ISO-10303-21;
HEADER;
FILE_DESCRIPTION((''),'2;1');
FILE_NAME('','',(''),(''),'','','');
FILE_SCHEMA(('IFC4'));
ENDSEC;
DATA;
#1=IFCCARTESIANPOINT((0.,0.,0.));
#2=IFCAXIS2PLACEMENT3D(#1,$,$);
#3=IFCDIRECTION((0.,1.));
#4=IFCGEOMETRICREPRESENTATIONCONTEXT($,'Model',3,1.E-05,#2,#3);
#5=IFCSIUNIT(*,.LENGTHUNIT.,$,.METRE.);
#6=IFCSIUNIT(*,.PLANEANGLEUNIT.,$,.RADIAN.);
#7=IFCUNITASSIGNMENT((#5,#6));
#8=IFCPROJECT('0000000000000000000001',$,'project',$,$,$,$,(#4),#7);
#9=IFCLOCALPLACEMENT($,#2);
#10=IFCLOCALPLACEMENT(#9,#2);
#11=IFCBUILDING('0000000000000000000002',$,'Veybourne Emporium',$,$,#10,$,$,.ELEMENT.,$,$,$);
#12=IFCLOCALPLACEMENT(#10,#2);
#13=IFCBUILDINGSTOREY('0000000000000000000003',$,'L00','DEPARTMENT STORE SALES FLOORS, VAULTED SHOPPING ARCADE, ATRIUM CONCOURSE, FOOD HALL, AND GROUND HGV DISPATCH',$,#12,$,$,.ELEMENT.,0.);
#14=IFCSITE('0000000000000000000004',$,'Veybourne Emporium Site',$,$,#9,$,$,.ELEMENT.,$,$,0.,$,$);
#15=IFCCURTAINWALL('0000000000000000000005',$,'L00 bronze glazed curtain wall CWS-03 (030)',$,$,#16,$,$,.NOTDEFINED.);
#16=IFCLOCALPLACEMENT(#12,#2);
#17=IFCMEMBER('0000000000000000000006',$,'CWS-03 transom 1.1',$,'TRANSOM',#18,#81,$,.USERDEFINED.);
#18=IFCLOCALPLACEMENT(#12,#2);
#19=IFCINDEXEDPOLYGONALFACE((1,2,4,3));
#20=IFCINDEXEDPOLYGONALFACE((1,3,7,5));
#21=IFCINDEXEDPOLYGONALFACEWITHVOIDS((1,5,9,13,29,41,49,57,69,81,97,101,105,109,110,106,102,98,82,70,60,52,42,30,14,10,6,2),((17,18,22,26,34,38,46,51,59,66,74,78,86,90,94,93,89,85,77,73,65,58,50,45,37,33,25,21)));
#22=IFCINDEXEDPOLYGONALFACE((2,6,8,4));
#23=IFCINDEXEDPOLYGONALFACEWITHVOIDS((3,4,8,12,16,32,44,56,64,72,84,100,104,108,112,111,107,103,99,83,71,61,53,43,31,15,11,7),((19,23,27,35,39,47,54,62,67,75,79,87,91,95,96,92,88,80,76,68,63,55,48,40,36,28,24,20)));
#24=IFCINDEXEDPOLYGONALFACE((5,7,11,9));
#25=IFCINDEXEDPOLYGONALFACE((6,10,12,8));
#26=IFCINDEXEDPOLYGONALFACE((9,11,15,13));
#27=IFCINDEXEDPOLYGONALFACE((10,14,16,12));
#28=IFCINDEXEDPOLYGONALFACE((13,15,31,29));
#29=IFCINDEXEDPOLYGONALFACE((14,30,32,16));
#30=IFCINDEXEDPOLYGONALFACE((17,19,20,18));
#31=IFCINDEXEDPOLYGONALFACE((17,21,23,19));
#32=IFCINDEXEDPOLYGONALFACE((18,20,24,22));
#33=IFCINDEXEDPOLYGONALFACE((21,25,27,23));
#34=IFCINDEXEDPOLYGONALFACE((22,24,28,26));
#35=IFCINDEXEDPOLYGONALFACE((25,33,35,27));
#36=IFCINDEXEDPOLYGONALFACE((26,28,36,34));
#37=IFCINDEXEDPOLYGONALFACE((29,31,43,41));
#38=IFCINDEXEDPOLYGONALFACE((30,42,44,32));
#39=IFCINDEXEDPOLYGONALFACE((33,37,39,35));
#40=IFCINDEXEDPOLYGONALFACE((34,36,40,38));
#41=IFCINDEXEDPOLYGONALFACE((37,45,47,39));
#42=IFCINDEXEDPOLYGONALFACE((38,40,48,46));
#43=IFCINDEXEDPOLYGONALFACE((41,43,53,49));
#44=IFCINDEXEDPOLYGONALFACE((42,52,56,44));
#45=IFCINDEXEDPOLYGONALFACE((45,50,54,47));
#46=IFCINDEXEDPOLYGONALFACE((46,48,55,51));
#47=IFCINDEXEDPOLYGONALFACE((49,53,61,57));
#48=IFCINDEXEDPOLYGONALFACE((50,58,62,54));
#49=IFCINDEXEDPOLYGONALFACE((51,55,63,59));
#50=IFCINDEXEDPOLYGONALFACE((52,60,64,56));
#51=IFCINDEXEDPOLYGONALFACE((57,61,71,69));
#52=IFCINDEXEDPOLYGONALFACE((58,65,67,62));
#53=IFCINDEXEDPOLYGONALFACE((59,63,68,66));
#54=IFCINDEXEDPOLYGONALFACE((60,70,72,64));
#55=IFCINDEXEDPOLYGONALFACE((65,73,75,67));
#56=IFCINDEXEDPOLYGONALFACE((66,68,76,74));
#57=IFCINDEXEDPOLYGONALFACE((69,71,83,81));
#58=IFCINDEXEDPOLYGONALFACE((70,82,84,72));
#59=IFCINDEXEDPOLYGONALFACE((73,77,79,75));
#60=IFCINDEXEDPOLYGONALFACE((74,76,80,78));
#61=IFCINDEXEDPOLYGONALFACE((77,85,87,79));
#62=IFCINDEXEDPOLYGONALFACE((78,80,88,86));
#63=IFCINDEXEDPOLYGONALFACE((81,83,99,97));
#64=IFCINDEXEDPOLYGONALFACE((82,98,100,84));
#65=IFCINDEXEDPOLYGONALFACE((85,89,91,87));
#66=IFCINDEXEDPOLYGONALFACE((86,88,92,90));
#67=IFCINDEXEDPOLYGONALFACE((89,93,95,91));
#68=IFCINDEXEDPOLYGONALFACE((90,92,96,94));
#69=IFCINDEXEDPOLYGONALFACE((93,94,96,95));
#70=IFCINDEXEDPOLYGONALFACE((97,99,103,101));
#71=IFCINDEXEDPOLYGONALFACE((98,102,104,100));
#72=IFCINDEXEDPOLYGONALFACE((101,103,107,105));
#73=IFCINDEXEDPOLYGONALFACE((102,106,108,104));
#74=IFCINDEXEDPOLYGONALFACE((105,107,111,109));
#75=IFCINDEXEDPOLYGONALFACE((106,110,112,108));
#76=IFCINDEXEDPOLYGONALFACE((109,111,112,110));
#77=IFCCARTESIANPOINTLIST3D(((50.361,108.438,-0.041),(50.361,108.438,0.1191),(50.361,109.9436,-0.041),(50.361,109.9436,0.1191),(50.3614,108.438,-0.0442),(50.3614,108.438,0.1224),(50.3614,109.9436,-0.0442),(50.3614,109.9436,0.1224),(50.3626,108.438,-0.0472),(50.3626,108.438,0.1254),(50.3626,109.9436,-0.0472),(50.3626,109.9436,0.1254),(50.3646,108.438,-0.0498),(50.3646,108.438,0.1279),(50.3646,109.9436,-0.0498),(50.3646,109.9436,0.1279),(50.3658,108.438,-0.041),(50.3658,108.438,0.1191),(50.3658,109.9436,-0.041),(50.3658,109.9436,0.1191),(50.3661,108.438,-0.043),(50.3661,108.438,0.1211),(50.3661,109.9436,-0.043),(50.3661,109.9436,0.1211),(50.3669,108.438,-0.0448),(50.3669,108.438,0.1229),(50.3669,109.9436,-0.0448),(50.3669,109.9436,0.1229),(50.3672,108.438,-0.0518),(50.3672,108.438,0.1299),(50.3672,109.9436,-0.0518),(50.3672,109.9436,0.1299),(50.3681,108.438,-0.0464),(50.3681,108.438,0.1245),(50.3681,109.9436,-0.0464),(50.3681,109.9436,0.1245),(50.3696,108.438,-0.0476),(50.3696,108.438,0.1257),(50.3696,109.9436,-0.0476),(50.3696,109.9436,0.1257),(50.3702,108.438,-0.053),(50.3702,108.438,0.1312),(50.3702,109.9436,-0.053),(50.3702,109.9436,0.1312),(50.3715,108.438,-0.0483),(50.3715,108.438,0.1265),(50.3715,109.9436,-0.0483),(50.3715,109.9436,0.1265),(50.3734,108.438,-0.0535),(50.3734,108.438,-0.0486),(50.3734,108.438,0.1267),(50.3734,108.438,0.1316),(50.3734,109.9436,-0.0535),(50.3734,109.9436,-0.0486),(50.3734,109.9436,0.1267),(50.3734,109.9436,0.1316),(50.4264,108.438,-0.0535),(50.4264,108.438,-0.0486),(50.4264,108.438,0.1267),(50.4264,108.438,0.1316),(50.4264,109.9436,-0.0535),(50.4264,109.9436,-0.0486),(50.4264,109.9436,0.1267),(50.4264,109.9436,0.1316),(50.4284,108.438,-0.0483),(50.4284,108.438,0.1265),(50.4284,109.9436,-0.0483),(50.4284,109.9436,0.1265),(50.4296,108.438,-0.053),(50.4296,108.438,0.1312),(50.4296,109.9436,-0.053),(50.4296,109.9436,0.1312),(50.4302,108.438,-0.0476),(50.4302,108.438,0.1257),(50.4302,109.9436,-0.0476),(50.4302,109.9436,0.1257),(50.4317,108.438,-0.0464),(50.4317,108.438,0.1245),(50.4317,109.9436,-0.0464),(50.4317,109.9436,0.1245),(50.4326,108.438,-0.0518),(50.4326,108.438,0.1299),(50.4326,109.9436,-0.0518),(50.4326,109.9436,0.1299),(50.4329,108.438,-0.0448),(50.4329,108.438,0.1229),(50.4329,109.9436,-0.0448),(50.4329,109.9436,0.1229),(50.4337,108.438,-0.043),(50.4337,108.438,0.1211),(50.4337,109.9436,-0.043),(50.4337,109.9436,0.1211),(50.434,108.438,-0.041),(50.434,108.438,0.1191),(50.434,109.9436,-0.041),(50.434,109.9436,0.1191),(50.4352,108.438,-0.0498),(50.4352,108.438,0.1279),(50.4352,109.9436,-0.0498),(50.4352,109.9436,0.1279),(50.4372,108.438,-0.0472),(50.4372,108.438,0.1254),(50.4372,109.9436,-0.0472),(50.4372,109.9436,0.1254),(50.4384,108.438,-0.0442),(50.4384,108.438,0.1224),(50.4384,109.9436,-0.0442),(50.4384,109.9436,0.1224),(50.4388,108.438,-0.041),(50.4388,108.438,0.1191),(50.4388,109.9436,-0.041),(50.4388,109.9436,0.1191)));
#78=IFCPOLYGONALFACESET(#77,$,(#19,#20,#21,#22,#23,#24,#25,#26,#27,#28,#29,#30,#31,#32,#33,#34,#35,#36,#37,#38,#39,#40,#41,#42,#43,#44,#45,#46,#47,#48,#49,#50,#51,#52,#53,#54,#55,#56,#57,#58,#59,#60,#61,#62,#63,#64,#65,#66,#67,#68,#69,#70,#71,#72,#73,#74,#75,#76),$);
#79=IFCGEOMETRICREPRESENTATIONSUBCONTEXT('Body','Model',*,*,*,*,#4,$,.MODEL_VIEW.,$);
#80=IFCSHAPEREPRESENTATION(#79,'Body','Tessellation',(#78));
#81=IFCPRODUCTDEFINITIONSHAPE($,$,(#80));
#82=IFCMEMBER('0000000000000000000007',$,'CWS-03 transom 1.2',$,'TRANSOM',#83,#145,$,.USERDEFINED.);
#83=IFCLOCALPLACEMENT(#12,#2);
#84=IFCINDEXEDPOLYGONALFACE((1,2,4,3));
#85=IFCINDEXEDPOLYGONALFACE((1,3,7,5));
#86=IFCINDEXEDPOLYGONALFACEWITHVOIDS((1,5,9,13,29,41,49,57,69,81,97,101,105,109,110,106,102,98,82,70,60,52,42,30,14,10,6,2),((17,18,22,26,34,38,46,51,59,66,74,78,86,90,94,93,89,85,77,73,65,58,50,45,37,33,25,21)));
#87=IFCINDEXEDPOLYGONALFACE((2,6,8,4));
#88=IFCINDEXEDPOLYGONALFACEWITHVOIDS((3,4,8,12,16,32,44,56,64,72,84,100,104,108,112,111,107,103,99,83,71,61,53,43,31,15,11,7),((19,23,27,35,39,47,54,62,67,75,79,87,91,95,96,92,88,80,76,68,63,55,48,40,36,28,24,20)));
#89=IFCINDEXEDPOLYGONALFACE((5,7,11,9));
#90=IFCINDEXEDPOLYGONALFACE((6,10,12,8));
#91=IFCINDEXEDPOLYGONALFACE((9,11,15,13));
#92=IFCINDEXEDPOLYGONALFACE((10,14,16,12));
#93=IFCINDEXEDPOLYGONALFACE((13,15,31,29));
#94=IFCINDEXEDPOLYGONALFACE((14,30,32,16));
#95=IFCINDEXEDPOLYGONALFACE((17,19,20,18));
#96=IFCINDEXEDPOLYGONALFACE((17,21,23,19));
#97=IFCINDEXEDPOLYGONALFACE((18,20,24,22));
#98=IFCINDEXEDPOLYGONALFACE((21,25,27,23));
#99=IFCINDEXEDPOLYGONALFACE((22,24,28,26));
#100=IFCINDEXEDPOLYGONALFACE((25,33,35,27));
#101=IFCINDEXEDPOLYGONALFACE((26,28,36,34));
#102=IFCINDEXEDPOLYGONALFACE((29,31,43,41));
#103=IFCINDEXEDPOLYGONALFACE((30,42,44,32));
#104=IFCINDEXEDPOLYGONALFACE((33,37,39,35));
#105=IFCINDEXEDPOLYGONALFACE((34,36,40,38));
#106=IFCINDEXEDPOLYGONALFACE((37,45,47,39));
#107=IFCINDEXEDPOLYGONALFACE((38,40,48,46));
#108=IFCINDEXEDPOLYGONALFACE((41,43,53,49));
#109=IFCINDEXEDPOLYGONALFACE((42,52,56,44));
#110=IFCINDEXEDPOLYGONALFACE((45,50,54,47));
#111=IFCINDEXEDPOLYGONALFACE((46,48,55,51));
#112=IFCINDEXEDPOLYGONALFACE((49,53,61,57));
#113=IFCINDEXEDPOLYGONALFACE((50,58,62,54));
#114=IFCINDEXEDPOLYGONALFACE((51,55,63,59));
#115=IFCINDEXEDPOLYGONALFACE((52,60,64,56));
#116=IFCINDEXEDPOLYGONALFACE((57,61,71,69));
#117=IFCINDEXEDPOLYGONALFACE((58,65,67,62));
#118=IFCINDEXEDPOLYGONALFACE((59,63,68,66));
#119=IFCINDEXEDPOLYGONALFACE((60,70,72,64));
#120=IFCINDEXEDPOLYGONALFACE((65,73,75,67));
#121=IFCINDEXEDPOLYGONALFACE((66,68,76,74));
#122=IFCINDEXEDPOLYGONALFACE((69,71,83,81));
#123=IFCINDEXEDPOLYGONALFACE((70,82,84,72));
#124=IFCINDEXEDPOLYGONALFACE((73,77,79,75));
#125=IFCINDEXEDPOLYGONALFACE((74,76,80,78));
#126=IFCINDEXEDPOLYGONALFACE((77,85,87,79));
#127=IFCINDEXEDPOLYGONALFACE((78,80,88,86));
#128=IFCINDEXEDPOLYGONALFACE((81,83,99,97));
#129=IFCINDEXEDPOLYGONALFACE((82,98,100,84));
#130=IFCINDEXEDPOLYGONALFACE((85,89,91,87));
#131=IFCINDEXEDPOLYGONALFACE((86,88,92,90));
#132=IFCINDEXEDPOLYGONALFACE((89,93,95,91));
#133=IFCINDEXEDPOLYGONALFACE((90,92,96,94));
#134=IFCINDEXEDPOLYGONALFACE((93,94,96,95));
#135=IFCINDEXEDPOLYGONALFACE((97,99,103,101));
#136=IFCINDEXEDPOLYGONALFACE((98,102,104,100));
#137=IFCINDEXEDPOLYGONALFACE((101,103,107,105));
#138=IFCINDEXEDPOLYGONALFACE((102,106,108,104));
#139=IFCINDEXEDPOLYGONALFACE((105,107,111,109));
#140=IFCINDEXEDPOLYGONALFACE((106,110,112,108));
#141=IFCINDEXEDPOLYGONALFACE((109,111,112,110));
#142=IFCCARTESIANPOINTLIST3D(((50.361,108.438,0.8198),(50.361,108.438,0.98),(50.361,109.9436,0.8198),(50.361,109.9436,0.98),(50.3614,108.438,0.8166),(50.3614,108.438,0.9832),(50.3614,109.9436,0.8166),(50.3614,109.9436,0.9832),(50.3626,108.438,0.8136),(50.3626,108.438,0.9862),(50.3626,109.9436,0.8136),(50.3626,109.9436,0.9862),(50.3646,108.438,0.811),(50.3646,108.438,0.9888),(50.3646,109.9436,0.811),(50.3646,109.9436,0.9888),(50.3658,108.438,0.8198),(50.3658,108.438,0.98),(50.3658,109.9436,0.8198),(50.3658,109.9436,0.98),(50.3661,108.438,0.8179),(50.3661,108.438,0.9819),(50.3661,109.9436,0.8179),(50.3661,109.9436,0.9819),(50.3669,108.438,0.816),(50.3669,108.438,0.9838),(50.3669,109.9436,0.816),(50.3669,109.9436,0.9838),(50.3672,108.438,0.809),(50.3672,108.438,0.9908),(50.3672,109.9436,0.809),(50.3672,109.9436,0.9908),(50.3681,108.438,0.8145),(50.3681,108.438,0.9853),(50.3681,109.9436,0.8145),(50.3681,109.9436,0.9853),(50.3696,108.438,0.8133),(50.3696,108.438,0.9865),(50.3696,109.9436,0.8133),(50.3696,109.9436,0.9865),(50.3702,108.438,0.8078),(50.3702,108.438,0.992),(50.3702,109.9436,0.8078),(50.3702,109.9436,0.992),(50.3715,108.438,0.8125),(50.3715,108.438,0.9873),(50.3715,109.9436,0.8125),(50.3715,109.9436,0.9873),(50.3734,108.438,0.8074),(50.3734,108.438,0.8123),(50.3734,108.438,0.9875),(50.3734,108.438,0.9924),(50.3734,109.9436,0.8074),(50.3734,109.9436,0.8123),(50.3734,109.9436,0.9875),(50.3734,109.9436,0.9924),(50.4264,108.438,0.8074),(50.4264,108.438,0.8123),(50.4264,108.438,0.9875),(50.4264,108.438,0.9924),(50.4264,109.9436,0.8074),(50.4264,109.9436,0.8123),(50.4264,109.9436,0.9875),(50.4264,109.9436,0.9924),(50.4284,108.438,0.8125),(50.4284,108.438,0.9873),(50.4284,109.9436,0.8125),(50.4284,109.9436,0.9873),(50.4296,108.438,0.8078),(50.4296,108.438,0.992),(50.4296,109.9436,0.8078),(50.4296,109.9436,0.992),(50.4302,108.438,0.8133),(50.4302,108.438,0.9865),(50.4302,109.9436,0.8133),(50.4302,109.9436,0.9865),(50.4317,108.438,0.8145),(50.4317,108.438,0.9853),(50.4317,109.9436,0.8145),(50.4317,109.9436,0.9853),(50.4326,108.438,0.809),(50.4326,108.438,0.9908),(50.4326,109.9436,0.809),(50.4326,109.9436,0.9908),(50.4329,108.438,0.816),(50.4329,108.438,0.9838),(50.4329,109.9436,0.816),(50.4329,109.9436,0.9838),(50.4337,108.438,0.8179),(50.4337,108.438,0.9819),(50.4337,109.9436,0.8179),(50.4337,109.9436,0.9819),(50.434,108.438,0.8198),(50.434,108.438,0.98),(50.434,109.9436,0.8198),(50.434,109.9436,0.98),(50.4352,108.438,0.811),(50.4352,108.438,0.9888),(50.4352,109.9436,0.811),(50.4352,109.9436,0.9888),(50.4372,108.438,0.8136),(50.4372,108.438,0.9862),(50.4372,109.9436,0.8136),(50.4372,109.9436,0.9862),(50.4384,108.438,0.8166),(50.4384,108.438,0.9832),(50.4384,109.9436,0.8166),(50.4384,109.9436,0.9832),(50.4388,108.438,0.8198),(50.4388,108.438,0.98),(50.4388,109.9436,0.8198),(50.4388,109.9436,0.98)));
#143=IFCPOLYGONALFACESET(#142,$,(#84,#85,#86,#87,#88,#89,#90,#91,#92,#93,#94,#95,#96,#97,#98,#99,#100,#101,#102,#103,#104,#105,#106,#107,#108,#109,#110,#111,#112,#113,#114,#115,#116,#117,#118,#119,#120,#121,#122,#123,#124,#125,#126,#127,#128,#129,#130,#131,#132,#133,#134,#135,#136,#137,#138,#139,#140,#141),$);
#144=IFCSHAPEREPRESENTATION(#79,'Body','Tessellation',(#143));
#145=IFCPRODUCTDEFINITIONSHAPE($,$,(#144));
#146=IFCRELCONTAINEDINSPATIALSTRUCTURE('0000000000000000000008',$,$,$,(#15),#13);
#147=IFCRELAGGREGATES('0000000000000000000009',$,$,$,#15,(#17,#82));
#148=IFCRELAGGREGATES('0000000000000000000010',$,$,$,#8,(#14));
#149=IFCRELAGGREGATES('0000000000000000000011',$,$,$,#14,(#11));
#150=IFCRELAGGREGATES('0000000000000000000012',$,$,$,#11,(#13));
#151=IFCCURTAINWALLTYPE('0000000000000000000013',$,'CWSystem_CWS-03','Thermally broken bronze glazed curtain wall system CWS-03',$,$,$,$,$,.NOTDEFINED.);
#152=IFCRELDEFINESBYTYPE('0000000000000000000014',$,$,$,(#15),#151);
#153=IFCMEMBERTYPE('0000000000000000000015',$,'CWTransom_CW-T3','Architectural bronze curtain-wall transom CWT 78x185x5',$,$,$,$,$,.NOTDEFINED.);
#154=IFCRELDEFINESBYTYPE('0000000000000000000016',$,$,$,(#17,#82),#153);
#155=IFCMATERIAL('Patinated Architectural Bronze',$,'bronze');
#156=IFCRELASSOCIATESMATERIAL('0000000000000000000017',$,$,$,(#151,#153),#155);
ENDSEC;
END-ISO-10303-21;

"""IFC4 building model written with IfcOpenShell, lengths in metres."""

from ifc_helpers import new_model, si_unit, direction, frame, origin, origin_2d, place, context, subcontext, project, spatial, hollow_rectangle, extrude, material, material_profile, profile_set, type_object, element, aggregate, save


model = new_model("IFC4")

# Units and contexts
model_context = context("Model", 3, precision=1e-05, world=origin(), true_north=direction((0.0, 1.0)))
body_context = subcontext(model_context, "Body", "Model", "MODEL_VIEW")
ifc_project = project(units=[si_unit("LENGTHUNIT", "METRE"), si_unit("PLANEANGLEUNIT", "RADIAN")], contexts=[model_context])

# Site, building, storey
site_placement = place(None, origin())
site = spatial("IfcSite", under=ifc_project, at=site_placement, Name="Veybourne Emporium Site", CompositionType="ELEMENT", RefElevation=0.0)
building_placement = place(site_placement, origin())
building = spatial("IfcBuilding", under=site, at=building_placement, Name="Veybourne Emporium", CompositionType="ELEMENT")
storey_placement = place(building_placement, origin())
storey = spatial("IfcBuildingStorey", under=building, at=storey_placement, Name="L00", Description="DEPARTMENT STORE SALES FLOORS, VAULTED SHOPPING ARCADE, ATRIUM CONCOURSE, FOOD HALL, AND GROUND HGV DISPATCH", CompositionType="ELEMENT", Elevation=0.0)

# Curtain wall, members
ifc_material_1 = material(Name="Patinated Architectural Bronze", Category="bronze")
curtain_wall_type = type_object("IfcCurtainWallType", Name="CWSystem_CWS-03", Description="Thermally broken bronze glazed curtain wall system CWS-03", PredefinedType="NOTDEFINED", material=ifc_material_1)
curtain_wall_placement = place(storey_placement, origin())
curtain_wall = element("IfcCurtainWall", 1, at=curtain_wall_placement, inside=storey, type_object=curtain_wall_type, Name="L00 bronze glazed curtain wall CWS-03 (030)", PredefinedType="NOTDEFINED")
ifc_material_profile_1 = material_profile(ifc_material_1, hollow_rectangle(XDim=0.0779, YDim=0.1851, WallThickness=0.0049, InnerFilletRadius=0.0076, OuterFilletRadius=0.0125, at=origin_2d()), Name="CWT 78x185x5")
ifc_profile_set_1 = profile_set([ifc_material_profile_1], Name="Patinated Architectural Bronze")
member_type_1 = type_object("IfcMemberType", Name="CWTransom_CW-T3", Description="Architectural bronze curtain-wall transom CWT 78x185x5", PredefinedType="NOTDEFINED", material=ifc_profile_set_1)
member_1_placement = place(storey_placement, frame((50.3999, 108.438, 0.0391), z_axis=(0.0, 1.0, 0.0), x_axis=(-1.0, 0.0, 0.0)))
member_1 = element("IfcMember", 2, at=member_1_placement, type_object=member_type_1, Name="CWS-03 transom 1.1", ObjectType="TRANSOM", PredefinedType="USERDEFINED", context=body_context, shape_type="SweptSolid", body=[
    extrude(hollow_rectangle(XDim=0.0779, YDim=0.1851, WallThickness=0.0049, InnerFilletRadius=0.0076, OuterFilletRadius=0.0125, at=origin_2d()), origin(), (0.0, 0.0, 1.0), 1.5056),
])
member_2_placement = place(storey_placement, frame((50.3999, 108.438, 0.8999), z_axis=(0.0, 1.0, 0.0), x_axis=(-1.0, 0.0, 0.0)))
member_2 = element("IfcMember", 3, at=member_2_placement, type_object=member_type_1, Name="CWS-03 transom 1.2", ObjectType="TRANSOM", PredefinedType="USERDEFINED", context=body_context, shape_type="SweptSolid", body=[
    extrude(hollow_rectangle(XDim=0.0779, YDim=0.1851, WallThickness=0.0049, InnerFilletRadius=0.0076, OuterFilletRadius=0.0125, at=origin_2d()), origin(), (0.0, 0.0, 1.0), 1.5056),
])

aggregate(curtain_wall, [member_1, member_2])

save(model, "model.ifc")
